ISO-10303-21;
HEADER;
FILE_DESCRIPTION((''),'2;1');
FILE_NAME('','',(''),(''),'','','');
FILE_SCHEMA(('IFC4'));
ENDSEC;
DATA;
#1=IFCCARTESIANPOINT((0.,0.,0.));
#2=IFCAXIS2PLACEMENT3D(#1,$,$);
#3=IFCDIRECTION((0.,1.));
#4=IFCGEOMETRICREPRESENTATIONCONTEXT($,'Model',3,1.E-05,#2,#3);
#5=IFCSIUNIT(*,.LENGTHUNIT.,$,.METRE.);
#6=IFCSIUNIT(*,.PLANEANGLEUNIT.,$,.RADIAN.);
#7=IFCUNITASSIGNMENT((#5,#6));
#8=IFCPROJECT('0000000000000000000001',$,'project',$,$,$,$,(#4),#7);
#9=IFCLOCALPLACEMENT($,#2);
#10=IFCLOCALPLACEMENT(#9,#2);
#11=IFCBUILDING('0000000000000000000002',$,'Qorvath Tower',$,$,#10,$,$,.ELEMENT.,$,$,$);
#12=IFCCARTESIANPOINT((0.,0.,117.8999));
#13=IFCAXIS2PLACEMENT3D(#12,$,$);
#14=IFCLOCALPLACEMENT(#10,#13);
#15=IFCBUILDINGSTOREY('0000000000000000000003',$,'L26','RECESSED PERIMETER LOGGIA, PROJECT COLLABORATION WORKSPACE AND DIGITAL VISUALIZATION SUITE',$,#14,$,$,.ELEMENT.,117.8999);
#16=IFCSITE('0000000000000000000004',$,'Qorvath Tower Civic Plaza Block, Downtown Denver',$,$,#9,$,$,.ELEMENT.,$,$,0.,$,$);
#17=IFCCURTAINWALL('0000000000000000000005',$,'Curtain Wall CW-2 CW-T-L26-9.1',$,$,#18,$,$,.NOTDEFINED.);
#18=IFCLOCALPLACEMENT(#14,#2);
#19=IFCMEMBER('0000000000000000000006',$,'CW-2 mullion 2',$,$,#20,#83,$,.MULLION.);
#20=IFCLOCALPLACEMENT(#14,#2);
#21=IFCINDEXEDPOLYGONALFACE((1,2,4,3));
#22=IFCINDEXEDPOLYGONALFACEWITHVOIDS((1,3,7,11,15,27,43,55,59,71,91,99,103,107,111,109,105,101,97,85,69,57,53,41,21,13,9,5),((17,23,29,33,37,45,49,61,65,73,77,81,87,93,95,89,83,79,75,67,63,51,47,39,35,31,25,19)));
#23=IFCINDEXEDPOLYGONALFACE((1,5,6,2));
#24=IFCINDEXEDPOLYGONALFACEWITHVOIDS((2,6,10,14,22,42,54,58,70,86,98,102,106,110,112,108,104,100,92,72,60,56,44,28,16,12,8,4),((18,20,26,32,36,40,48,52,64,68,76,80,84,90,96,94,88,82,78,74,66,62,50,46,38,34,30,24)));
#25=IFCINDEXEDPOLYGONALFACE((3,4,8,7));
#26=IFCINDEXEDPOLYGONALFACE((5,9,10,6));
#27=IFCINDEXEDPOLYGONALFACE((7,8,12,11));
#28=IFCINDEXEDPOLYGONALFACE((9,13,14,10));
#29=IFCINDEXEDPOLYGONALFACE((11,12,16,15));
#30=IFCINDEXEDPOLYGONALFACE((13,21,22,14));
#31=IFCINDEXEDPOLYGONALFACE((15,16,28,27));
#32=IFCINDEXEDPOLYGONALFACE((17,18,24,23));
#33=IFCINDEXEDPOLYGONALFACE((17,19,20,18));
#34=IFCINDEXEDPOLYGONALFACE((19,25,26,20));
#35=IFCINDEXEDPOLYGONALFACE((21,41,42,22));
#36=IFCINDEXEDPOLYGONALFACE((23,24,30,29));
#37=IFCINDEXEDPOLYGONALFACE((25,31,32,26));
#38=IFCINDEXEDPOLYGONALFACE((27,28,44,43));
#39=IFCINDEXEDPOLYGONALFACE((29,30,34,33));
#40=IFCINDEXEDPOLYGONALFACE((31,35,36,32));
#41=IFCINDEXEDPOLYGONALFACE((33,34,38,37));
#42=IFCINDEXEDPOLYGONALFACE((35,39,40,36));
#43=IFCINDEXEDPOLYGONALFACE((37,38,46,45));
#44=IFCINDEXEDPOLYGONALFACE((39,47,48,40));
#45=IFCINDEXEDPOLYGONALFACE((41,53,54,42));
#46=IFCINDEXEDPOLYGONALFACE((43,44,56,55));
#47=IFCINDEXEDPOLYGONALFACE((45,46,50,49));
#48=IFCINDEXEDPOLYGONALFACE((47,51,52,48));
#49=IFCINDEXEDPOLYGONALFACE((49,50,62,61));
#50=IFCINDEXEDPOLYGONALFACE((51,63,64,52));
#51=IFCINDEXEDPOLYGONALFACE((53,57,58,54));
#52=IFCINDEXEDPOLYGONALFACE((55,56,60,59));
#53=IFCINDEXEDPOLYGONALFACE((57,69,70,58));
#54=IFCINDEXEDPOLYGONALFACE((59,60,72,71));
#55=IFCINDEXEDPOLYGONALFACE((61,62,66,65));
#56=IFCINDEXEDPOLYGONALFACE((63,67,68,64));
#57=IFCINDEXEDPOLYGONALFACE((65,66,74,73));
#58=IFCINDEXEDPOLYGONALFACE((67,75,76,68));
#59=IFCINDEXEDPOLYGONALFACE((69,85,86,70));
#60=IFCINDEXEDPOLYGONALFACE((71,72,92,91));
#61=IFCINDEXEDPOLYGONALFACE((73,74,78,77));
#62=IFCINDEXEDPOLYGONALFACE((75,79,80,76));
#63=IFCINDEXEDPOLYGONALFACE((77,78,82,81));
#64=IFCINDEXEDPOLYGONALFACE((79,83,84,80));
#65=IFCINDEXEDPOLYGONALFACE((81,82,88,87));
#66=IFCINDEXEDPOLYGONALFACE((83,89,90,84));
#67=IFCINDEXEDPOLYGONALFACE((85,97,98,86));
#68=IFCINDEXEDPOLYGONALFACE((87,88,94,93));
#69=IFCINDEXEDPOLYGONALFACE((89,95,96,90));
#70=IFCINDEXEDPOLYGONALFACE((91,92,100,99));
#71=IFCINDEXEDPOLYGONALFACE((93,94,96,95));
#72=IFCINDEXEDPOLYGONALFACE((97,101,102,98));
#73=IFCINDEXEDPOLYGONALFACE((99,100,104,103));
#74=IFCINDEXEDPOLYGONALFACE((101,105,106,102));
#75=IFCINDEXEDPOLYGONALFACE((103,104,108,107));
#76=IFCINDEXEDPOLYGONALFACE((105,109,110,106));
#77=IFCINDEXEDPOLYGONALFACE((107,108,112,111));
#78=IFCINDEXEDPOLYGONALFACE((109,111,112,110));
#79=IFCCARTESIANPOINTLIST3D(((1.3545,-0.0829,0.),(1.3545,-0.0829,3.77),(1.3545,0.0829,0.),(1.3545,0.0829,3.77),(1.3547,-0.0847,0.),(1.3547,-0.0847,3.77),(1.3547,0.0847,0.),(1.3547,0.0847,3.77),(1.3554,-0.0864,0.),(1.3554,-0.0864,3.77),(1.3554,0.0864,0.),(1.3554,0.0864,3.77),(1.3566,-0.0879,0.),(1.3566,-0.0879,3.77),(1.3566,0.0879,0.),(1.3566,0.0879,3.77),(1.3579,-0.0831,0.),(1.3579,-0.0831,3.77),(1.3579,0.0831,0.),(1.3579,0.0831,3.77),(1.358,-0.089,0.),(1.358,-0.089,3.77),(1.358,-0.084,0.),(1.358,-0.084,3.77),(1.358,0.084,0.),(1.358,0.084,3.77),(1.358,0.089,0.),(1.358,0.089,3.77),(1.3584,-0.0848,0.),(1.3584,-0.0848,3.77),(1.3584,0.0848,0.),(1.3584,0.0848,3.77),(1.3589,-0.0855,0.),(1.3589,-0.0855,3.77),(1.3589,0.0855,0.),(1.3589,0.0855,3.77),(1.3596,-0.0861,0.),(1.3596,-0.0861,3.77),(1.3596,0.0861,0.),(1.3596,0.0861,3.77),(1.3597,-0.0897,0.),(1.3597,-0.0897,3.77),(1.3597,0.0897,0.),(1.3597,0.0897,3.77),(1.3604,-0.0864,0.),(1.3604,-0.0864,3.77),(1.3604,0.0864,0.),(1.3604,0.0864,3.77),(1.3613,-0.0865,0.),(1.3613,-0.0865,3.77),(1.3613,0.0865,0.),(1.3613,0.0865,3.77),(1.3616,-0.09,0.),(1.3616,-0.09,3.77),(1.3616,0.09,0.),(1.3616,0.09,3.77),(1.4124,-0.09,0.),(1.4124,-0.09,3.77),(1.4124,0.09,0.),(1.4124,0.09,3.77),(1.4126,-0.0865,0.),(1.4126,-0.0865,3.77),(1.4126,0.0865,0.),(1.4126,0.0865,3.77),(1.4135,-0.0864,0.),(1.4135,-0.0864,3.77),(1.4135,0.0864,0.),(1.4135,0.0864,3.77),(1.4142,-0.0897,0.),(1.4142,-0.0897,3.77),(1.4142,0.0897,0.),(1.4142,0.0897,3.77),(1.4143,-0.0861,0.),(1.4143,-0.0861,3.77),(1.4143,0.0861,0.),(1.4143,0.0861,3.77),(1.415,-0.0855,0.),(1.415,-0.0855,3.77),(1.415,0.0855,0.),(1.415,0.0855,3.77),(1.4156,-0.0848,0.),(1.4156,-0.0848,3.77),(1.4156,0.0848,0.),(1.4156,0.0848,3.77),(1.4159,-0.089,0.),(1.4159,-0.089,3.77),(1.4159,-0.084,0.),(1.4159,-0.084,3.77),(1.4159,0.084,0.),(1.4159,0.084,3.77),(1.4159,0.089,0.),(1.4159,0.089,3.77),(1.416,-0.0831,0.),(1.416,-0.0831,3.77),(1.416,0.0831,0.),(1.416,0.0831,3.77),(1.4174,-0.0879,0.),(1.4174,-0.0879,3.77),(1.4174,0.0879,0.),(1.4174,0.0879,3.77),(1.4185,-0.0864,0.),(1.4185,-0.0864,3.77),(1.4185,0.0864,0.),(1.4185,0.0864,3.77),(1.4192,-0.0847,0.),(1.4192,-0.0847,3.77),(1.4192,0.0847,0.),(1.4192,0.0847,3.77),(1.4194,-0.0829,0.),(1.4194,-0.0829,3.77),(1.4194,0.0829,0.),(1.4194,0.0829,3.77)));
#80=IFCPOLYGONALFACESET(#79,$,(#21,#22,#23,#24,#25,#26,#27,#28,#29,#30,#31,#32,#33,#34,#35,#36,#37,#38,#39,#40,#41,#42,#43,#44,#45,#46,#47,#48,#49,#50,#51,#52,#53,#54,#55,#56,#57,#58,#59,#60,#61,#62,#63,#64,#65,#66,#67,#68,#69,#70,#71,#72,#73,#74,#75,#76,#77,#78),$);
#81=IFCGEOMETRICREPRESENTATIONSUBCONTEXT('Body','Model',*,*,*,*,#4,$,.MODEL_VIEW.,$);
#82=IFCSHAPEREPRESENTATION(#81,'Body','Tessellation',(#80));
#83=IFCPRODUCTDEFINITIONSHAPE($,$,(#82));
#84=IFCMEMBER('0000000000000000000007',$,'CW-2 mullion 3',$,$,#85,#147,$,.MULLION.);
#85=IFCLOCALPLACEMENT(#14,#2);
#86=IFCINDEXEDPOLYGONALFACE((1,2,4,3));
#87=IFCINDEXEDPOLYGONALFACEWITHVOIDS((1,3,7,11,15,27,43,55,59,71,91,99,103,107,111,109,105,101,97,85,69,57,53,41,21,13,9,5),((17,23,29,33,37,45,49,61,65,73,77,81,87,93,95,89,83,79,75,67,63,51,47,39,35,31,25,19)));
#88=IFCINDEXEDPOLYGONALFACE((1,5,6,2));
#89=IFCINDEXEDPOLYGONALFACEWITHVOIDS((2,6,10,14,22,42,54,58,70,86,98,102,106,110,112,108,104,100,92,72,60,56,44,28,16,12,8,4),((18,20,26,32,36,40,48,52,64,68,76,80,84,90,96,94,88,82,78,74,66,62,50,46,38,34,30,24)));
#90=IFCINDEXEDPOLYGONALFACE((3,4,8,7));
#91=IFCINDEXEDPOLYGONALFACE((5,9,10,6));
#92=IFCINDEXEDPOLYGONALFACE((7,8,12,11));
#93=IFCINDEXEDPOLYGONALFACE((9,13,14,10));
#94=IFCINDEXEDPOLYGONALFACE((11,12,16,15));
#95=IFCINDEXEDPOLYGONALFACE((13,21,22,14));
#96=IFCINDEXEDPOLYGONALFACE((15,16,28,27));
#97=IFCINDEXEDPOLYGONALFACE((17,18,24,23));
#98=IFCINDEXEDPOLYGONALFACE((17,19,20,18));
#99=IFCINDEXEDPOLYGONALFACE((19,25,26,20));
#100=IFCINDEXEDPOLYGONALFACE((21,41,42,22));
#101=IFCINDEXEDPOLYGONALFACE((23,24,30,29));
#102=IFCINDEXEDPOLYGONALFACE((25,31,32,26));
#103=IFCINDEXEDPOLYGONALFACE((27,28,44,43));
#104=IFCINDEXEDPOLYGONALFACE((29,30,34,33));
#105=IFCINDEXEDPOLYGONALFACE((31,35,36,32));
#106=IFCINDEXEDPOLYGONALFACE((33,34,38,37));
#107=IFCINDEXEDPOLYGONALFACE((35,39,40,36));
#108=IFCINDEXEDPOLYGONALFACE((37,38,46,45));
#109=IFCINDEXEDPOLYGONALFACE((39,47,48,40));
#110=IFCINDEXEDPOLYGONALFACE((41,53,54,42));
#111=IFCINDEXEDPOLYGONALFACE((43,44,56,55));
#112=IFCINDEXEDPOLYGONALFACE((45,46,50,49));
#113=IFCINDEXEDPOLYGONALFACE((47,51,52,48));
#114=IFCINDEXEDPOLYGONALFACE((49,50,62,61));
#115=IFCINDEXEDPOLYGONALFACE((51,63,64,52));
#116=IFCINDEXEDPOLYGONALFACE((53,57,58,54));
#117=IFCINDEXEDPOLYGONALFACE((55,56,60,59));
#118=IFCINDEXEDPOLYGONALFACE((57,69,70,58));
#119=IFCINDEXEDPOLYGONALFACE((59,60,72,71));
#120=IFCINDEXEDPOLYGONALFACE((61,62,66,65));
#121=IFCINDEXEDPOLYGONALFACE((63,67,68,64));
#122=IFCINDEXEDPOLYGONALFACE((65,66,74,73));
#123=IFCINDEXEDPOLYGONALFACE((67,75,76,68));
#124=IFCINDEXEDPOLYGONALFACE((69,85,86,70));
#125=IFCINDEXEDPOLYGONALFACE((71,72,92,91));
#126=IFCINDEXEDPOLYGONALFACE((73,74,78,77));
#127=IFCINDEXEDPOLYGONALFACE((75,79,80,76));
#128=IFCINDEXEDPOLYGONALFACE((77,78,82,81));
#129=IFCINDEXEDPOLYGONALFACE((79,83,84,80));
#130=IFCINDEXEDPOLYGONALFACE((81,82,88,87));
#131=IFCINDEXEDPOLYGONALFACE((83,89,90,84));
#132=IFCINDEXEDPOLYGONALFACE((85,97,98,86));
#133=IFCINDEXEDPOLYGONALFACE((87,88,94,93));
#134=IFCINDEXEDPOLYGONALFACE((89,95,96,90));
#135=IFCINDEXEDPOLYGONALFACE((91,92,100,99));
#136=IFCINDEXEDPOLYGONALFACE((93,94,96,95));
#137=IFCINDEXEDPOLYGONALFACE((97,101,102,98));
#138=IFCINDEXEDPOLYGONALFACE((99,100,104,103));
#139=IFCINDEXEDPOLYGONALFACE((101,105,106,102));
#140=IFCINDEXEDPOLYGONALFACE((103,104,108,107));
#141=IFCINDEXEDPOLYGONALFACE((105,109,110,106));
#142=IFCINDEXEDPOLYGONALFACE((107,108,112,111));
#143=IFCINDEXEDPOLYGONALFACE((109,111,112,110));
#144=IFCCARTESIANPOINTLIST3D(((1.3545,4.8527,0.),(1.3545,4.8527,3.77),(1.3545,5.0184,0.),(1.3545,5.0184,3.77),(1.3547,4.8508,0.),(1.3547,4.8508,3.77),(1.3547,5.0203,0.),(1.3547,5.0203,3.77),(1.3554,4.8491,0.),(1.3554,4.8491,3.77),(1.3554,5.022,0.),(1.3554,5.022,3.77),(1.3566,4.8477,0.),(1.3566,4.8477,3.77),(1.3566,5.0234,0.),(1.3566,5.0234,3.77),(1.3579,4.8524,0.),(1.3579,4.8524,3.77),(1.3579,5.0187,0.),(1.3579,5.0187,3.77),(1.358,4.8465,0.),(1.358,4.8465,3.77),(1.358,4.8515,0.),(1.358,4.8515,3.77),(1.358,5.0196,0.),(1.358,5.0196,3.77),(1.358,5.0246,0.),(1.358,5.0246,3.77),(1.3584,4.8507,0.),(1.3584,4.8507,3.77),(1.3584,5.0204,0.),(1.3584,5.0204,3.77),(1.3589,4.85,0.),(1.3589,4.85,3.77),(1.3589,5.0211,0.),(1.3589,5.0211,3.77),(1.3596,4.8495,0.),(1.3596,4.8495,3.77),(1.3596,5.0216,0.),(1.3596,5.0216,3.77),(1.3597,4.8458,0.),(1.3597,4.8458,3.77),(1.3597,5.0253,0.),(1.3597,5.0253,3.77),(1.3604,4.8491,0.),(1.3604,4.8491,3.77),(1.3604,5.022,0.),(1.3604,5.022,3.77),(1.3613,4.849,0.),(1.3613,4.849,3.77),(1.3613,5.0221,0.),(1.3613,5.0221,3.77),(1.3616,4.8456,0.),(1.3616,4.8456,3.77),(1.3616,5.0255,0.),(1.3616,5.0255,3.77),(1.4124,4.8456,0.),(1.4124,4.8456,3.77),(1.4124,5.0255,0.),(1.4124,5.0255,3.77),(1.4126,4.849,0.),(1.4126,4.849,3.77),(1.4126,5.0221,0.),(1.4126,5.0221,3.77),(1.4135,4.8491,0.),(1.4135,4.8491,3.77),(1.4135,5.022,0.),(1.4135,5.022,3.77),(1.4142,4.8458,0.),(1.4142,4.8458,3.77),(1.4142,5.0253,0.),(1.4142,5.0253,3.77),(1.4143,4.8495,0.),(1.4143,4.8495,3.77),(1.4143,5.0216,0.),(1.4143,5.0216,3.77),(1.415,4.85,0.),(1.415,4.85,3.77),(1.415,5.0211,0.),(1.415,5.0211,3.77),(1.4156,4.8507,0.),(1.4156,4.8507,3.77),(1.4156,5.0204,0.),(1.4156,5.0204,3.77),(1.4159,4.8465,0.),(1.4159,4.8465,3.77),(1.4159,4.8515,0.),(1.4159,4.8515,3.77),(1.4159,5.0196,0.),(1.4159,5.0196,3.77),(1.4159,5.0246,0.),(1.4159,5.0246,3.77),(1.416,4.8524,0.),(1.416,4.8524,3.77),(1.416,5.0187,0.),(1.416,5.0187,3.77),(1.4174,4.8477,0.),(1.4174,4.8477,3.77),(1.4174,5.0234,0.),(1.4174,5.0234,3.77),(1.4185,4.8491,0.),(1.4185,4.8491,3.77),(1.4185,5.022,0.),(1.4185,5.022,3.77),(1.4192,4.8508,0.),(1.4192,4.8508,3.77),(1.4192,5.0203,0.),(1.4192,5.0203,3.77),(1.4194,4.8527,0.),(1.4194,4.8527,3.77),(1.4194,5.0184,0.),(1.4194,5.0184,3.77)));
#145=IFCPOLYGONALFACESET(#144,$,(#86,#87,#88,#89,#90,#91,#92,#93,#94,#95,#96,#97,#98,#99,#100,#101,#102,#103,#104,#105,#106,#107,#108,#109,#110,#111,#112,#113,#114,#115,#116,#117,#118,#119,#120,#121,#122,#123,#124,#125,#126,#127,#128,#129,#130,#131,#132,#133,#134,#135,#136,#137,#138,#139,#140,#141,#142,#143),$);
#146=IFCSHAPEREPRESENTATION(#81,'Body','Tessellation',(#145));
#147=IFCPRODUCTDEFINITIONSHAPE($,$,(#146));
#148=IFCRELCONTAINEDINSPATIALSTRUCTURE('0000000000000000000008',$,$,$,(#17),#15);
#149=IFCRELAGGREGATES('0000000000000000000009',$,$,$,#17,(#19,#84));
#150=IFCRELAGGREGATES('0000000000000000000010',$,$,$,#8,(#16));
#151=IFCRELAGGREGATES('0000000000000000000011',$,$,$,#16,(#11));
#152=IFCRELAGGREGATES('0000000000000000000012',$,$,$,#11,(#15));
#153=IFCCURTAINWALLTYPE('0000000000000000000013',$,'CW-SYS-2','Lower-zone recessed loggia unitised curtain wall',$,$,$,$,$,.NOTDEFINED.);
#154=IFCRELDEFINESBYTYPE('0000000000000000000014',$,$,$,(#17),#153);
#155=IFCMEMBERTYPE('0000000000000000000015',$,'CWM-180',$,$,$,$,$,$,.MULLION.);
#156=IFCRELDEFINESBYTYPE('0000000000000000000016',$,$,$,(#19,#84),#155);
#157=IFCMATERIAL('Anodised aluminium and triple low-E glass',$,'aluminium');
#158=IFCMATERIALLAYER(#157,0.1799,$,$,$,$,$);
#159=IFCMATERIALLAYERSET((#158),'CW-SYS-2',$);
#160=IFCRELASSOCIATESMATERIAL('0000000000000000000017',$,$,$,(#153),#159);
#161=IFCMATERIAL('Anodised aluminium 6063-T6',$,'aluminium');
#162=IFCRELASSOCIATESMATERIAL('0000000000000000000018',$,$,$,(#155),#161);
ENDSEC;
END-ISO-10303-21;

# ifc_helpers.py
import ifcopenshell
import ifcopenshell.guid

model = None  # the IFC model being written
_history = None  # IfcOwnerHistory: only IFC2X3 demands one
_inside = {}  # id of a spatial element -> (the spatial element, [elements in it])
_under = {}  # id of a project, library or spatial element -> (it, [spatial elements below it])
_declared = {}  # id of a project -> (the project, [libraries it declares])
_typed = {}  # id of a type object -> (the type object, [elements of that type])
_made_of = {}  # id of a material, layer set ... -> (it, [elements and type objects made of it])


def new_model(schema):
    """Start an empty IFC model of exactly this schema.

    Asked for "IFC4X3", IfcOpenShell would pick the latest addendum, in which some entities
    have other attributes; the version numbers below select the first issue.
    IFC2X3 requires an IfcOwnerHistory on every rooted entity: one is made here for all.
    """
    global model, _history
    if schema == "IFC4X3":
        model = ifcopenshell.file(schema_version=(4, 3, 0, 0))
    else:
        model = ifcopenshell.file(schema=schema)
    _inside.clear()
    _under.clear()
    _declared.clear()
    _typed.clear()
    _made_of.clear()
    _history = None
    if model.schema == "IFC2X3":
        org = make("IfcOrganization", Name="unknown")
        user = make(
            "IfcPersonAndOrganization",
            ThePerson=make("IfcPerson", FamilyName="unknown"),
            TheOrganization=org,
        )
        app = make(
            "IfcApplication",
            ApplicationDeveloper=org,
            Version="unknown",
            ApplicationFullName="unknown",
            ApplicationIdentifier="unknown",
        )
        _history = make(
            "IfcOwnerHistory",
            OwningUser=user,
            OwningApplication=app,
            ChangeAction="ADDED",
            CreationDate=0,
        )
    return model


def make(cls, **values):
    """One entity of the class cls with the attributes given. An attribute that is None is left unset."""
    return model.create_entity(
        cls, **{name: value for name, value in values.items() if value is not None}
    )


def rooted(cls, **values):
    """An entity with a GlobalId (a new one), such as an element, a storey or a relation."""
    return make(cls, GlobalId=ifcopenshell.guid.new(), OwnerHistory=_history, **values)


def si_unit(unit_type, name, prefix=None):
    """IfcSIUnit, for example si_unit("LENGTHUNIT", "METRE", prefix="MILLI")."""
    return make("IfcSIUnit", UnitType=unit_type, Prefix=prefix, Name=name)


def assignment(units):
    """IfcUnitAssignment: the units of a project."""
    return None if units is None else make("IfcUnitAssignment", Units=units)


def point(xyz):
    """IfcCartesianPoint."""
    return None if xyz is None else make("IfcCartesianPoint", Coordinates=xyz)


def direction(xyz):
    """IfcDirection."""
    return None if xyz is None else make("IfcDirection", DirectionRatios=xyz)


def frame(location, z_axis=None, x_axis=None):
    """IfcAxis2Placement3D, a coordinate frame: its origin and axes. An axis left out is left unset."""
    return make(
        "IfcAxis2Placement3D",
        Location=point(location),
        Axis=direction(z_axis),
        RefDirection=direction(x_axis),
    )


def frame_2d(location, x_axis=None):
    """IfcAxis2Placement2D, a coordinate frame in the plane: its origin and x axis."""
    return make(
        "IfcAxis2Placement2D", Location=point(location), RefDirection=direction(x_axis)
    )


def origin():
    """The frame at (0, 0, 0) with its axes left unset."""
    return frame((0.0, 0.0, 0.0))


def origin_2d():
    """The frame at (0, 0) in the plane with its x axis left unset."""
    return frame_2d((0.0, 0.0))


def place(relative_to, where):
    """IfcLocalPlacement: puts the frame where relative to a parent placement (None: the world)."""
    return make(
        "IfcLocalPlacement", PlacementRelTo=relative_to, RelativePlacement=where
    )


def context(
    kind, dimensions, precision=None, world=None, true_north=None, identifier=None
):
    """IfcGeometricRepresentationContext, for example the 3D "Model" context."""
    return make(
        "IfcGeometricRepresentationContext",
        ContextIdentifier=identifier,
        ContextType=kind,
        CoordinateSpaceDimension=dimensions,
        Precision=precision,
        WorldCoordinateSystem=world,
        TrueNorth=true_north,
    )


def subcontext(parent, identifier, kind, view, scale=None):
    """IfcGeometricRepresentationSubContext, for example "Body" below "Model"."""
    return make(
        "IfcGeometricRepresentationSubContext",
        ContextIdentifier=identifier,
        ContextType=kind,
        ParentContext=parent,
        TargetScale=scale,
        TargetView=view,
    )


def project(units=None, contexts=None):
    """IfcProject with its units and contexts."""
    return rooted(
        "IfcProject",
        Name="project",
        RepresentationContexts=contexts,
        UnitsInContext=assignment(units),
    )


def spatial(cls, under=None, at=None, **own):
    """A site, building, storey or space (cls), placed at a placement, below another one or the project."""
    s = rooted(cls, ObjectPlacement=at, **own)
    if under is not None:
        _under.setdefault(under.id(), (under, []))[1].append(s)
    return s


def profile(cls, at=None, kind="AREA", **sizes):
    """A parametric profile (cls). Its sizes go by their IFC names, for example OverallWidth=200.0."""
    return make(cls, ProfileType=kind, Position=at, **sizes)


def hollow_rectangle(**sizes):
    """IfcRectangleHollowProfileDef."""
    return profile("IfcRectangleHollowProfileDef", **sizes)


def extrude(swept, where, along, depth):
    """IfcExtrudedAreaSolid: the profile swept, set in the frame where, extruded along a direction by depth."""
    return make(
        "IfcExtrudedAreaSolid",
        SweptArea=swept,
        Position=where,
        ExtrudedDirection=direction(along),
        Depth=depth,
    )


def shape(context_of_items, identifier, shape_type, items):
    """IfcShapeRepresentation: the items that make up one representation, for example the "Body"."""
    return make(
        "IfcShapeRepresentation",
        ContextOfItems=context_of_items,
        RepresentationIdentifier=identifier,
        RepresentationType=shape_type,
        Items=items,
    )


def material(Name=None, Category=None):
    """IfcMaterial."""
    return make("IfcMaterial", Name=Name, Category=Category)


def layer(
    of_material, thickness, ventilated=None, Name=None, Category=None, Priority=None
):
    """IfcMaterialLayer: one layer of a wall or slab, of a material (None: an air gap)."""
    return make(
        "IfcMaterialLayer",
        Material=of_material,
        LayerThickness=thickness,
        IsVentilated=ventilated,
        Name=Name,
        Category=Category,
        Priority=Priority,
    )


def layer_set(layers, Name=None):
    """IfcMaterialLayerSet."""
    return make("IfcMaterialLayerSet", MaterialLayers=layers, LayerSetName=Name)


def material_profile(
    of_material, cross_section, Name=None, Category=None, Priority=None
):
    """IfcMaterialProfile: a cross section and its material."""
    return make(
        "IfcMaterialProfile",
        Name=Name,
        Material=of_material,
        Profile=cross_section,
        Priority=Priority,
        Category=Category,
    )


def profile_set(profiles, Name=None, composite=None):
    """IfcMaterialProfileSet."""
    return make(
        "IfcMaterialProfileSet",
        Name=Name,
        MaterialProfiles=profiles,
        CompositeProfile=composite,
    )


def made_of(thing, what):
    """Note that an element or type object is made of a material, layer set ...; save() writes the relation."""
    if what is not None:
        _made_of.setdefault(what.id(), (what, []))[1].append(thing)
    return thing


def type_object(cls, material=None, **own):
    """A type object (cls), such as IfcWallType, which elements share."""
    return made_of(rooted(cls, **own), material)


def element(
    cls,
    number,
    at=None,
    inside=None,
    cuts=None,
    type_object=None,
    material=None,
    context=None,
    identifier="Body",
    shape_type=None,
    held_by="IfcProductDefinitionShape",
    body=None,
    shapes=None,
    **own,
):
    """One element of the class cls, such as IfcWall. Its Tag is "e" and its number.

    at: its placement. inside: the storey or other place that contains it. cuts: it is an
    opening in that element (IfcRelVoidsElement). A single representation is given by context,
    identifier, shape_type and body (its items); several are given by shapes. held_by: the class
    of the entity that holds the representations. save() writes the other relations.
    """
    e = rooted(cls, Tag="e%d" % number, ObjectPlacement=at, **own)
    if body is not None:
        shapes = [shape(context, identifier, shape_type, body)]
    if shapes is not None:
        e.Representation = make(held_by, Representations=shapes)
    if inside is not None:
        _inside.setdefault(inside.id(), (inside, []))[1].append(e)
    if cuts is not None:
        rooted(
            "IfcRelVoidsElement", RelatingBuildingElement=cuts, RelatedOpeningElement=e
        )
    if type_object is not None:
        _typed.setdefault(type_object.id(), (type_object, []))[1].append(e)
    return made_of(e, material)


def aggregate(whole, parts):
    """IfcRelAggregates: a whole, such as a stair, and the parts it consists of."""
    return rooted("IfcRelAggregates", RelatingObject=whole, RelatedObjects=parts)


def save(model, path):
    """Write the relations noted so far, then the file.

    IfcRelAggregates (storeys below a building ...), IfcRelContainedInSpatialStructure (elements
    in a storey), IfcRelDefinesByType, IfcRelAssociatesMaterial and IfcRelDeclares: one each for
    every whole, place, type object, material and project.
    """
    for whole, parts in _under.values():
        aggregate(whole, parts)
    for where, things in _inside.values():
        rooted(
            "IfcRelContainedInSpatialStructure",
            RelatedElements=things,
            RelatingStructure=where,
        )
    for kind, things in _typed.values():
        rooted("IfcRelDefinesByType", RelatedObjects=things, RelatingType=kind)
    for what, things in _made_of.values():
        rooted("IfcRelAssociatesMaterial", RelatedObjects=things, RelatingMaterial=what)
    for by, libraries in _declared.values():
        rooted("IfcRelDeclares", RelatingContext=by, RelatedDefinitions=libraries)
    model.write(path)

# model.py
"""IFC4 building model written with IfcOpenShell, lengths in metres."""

from ifc_helpers import new_model, si_unit, direction, frame, origin, origin_2d, place, context, subcontext, project, spatial, hollow_rectangle, extrude, material, layer, layer_set, material_profile, profile_set, type_object, element, aggregate, save


model = new_model("IFC4")

# Units and contexts
model_context = context("Model", 3, precision=1e-05, world=origin(), true_north=direction((0.0, 1.0)))
body_context = subcontext(model_context, "Body", "Model", "MODEL_VIEW")
ifc_project = project(units=[si_unit("LENGTHUNIT", "METRE"), si_unit("PLANEANGLEUNIT", "RADIAN")], contexts=[model_context])

# Site, building, storey
site_placement = place(None, origin())
site = spatial("IfcSite", under=ifc_project, at=site_placement, Name="Qorvath Tower Civic Plaza Block, Downtown Denver", CompositionType="ELEMENT", RefElevation=0.0)
building_placement = place(site_placement, origin())
building = spatial("IfcBuilding", under=site, at=building_placement, Name="Qorvath Tower", CompositionType="ELEMENT")
storey_placement = place(building_placement, frame((0.0, 0.0, 117.8999)))
storey = spatial("IfcBuildingStorey", under=building, at=storey_placement, Name="L26", Description="RECESSED PERIMETER LOGGIA, PROJECT COLLABORATION WORKSPACE AND DIGITAL VISUALIZATION SUITE", CompositionType="ELEMENT", Elevation=117.8999)

# Curtain wall, members
ifc_material_1 = material(Name="Anodised aluminium and triple low-E glass", Category="aluminium")
ifc_layer_1 = layer(ifc_material_1, 0.1799)
ifc_layer_set_1 = layer_set([ifc_layer_1], Name="CW-SYS-2")
curtain_wall_type = type_object("IfcCurtainWallType", Name="CW-SYS-2", Description="Lower-zone recessed loggia unitised curtain wall", PredefinedType="NOTDEFINED", material=ifc_layer_set_1)
curtain_wall_1_placement = place(storey_placement, origin())
curtain_wall_1 = element("IfcCurtainWall", 1, at=curtain_wall_1_placement, inside=storey, type_object=curtain_wall_type, Name="Curtain Wall CW-2 CW-T-L26-9.1", PredefinedType="NOTDEFINED")
ifc_material_2 = material(Name="Anodised aluminium 6063-T6", Category="aluminium")
ifc_material_profile_1 = material_profile(ifc_material_2, hollow_rectangle(XDim=0.0649, YDim=0.1799, WallThickness=0.0034, InnerFilletRadius=0.0034, OuterFilletRadius=0.0071, at=origin_2d()), Name="CWM 180x65")
ifc_profile_set_1 = profile_set([ifc_material_profile_1], Name="Anodised aluminium 6063-T6")
member_type_1 = type_object("IfcMemberType", Name="CWM-180", PredefinedType="MULLION", material=ifc_profile_set_1)
member_1_placement = place(storey_placement, frame((1.387, 0.0, 0.0), z_axis=(0.0, 0.0, 1.0), x_axis=(-1.0, 0.0, 0.0)))
member_1 = element("IfcMember", 2, at=member_1_placement, type_object=member_type_1, Name="CW-2 mullion 2", PredefinedType="MULLION", context=body_context, shape_type="SweptSolid", body=[
    extrude(hollow_rectangle(XDim=0.0649, YDim=0.1799, WallThickness=0.0034, InnerFilletRadius=0.0034, OuterFilletRadius=0.0071, at=origin_2d()), origin(), (0.0, 0.0, 1.0), 3.77),
])
member_2_placement = place(storey_placement, frame((1.387, 4.9355, 0.0), z_axis=(0.0, 0.0, 1.0), x_axis=(-1.0, 0.0, 0.0)))
member_2 = element("IfcMember", 3, at=member_2_placement, type_object=member_type_1, Name="CW-2 mullion 3", PredefinedType="MULLION", context=body_context, shape_type="SweptSolid", body=[
    extrude(hollow_rectangle(XDim=0.0649, YDim=0.1799, WallThickness=0.0034, InnerFilletRadius=0.0034, OuterFilletRadius=0.0071, at=origin_2d()), origin(), (0.0, 0.0, 1.0), 3.77),
])

aggregate(curtain_wall_1, [member_1, member_2])

save(model, "model.ifc")
